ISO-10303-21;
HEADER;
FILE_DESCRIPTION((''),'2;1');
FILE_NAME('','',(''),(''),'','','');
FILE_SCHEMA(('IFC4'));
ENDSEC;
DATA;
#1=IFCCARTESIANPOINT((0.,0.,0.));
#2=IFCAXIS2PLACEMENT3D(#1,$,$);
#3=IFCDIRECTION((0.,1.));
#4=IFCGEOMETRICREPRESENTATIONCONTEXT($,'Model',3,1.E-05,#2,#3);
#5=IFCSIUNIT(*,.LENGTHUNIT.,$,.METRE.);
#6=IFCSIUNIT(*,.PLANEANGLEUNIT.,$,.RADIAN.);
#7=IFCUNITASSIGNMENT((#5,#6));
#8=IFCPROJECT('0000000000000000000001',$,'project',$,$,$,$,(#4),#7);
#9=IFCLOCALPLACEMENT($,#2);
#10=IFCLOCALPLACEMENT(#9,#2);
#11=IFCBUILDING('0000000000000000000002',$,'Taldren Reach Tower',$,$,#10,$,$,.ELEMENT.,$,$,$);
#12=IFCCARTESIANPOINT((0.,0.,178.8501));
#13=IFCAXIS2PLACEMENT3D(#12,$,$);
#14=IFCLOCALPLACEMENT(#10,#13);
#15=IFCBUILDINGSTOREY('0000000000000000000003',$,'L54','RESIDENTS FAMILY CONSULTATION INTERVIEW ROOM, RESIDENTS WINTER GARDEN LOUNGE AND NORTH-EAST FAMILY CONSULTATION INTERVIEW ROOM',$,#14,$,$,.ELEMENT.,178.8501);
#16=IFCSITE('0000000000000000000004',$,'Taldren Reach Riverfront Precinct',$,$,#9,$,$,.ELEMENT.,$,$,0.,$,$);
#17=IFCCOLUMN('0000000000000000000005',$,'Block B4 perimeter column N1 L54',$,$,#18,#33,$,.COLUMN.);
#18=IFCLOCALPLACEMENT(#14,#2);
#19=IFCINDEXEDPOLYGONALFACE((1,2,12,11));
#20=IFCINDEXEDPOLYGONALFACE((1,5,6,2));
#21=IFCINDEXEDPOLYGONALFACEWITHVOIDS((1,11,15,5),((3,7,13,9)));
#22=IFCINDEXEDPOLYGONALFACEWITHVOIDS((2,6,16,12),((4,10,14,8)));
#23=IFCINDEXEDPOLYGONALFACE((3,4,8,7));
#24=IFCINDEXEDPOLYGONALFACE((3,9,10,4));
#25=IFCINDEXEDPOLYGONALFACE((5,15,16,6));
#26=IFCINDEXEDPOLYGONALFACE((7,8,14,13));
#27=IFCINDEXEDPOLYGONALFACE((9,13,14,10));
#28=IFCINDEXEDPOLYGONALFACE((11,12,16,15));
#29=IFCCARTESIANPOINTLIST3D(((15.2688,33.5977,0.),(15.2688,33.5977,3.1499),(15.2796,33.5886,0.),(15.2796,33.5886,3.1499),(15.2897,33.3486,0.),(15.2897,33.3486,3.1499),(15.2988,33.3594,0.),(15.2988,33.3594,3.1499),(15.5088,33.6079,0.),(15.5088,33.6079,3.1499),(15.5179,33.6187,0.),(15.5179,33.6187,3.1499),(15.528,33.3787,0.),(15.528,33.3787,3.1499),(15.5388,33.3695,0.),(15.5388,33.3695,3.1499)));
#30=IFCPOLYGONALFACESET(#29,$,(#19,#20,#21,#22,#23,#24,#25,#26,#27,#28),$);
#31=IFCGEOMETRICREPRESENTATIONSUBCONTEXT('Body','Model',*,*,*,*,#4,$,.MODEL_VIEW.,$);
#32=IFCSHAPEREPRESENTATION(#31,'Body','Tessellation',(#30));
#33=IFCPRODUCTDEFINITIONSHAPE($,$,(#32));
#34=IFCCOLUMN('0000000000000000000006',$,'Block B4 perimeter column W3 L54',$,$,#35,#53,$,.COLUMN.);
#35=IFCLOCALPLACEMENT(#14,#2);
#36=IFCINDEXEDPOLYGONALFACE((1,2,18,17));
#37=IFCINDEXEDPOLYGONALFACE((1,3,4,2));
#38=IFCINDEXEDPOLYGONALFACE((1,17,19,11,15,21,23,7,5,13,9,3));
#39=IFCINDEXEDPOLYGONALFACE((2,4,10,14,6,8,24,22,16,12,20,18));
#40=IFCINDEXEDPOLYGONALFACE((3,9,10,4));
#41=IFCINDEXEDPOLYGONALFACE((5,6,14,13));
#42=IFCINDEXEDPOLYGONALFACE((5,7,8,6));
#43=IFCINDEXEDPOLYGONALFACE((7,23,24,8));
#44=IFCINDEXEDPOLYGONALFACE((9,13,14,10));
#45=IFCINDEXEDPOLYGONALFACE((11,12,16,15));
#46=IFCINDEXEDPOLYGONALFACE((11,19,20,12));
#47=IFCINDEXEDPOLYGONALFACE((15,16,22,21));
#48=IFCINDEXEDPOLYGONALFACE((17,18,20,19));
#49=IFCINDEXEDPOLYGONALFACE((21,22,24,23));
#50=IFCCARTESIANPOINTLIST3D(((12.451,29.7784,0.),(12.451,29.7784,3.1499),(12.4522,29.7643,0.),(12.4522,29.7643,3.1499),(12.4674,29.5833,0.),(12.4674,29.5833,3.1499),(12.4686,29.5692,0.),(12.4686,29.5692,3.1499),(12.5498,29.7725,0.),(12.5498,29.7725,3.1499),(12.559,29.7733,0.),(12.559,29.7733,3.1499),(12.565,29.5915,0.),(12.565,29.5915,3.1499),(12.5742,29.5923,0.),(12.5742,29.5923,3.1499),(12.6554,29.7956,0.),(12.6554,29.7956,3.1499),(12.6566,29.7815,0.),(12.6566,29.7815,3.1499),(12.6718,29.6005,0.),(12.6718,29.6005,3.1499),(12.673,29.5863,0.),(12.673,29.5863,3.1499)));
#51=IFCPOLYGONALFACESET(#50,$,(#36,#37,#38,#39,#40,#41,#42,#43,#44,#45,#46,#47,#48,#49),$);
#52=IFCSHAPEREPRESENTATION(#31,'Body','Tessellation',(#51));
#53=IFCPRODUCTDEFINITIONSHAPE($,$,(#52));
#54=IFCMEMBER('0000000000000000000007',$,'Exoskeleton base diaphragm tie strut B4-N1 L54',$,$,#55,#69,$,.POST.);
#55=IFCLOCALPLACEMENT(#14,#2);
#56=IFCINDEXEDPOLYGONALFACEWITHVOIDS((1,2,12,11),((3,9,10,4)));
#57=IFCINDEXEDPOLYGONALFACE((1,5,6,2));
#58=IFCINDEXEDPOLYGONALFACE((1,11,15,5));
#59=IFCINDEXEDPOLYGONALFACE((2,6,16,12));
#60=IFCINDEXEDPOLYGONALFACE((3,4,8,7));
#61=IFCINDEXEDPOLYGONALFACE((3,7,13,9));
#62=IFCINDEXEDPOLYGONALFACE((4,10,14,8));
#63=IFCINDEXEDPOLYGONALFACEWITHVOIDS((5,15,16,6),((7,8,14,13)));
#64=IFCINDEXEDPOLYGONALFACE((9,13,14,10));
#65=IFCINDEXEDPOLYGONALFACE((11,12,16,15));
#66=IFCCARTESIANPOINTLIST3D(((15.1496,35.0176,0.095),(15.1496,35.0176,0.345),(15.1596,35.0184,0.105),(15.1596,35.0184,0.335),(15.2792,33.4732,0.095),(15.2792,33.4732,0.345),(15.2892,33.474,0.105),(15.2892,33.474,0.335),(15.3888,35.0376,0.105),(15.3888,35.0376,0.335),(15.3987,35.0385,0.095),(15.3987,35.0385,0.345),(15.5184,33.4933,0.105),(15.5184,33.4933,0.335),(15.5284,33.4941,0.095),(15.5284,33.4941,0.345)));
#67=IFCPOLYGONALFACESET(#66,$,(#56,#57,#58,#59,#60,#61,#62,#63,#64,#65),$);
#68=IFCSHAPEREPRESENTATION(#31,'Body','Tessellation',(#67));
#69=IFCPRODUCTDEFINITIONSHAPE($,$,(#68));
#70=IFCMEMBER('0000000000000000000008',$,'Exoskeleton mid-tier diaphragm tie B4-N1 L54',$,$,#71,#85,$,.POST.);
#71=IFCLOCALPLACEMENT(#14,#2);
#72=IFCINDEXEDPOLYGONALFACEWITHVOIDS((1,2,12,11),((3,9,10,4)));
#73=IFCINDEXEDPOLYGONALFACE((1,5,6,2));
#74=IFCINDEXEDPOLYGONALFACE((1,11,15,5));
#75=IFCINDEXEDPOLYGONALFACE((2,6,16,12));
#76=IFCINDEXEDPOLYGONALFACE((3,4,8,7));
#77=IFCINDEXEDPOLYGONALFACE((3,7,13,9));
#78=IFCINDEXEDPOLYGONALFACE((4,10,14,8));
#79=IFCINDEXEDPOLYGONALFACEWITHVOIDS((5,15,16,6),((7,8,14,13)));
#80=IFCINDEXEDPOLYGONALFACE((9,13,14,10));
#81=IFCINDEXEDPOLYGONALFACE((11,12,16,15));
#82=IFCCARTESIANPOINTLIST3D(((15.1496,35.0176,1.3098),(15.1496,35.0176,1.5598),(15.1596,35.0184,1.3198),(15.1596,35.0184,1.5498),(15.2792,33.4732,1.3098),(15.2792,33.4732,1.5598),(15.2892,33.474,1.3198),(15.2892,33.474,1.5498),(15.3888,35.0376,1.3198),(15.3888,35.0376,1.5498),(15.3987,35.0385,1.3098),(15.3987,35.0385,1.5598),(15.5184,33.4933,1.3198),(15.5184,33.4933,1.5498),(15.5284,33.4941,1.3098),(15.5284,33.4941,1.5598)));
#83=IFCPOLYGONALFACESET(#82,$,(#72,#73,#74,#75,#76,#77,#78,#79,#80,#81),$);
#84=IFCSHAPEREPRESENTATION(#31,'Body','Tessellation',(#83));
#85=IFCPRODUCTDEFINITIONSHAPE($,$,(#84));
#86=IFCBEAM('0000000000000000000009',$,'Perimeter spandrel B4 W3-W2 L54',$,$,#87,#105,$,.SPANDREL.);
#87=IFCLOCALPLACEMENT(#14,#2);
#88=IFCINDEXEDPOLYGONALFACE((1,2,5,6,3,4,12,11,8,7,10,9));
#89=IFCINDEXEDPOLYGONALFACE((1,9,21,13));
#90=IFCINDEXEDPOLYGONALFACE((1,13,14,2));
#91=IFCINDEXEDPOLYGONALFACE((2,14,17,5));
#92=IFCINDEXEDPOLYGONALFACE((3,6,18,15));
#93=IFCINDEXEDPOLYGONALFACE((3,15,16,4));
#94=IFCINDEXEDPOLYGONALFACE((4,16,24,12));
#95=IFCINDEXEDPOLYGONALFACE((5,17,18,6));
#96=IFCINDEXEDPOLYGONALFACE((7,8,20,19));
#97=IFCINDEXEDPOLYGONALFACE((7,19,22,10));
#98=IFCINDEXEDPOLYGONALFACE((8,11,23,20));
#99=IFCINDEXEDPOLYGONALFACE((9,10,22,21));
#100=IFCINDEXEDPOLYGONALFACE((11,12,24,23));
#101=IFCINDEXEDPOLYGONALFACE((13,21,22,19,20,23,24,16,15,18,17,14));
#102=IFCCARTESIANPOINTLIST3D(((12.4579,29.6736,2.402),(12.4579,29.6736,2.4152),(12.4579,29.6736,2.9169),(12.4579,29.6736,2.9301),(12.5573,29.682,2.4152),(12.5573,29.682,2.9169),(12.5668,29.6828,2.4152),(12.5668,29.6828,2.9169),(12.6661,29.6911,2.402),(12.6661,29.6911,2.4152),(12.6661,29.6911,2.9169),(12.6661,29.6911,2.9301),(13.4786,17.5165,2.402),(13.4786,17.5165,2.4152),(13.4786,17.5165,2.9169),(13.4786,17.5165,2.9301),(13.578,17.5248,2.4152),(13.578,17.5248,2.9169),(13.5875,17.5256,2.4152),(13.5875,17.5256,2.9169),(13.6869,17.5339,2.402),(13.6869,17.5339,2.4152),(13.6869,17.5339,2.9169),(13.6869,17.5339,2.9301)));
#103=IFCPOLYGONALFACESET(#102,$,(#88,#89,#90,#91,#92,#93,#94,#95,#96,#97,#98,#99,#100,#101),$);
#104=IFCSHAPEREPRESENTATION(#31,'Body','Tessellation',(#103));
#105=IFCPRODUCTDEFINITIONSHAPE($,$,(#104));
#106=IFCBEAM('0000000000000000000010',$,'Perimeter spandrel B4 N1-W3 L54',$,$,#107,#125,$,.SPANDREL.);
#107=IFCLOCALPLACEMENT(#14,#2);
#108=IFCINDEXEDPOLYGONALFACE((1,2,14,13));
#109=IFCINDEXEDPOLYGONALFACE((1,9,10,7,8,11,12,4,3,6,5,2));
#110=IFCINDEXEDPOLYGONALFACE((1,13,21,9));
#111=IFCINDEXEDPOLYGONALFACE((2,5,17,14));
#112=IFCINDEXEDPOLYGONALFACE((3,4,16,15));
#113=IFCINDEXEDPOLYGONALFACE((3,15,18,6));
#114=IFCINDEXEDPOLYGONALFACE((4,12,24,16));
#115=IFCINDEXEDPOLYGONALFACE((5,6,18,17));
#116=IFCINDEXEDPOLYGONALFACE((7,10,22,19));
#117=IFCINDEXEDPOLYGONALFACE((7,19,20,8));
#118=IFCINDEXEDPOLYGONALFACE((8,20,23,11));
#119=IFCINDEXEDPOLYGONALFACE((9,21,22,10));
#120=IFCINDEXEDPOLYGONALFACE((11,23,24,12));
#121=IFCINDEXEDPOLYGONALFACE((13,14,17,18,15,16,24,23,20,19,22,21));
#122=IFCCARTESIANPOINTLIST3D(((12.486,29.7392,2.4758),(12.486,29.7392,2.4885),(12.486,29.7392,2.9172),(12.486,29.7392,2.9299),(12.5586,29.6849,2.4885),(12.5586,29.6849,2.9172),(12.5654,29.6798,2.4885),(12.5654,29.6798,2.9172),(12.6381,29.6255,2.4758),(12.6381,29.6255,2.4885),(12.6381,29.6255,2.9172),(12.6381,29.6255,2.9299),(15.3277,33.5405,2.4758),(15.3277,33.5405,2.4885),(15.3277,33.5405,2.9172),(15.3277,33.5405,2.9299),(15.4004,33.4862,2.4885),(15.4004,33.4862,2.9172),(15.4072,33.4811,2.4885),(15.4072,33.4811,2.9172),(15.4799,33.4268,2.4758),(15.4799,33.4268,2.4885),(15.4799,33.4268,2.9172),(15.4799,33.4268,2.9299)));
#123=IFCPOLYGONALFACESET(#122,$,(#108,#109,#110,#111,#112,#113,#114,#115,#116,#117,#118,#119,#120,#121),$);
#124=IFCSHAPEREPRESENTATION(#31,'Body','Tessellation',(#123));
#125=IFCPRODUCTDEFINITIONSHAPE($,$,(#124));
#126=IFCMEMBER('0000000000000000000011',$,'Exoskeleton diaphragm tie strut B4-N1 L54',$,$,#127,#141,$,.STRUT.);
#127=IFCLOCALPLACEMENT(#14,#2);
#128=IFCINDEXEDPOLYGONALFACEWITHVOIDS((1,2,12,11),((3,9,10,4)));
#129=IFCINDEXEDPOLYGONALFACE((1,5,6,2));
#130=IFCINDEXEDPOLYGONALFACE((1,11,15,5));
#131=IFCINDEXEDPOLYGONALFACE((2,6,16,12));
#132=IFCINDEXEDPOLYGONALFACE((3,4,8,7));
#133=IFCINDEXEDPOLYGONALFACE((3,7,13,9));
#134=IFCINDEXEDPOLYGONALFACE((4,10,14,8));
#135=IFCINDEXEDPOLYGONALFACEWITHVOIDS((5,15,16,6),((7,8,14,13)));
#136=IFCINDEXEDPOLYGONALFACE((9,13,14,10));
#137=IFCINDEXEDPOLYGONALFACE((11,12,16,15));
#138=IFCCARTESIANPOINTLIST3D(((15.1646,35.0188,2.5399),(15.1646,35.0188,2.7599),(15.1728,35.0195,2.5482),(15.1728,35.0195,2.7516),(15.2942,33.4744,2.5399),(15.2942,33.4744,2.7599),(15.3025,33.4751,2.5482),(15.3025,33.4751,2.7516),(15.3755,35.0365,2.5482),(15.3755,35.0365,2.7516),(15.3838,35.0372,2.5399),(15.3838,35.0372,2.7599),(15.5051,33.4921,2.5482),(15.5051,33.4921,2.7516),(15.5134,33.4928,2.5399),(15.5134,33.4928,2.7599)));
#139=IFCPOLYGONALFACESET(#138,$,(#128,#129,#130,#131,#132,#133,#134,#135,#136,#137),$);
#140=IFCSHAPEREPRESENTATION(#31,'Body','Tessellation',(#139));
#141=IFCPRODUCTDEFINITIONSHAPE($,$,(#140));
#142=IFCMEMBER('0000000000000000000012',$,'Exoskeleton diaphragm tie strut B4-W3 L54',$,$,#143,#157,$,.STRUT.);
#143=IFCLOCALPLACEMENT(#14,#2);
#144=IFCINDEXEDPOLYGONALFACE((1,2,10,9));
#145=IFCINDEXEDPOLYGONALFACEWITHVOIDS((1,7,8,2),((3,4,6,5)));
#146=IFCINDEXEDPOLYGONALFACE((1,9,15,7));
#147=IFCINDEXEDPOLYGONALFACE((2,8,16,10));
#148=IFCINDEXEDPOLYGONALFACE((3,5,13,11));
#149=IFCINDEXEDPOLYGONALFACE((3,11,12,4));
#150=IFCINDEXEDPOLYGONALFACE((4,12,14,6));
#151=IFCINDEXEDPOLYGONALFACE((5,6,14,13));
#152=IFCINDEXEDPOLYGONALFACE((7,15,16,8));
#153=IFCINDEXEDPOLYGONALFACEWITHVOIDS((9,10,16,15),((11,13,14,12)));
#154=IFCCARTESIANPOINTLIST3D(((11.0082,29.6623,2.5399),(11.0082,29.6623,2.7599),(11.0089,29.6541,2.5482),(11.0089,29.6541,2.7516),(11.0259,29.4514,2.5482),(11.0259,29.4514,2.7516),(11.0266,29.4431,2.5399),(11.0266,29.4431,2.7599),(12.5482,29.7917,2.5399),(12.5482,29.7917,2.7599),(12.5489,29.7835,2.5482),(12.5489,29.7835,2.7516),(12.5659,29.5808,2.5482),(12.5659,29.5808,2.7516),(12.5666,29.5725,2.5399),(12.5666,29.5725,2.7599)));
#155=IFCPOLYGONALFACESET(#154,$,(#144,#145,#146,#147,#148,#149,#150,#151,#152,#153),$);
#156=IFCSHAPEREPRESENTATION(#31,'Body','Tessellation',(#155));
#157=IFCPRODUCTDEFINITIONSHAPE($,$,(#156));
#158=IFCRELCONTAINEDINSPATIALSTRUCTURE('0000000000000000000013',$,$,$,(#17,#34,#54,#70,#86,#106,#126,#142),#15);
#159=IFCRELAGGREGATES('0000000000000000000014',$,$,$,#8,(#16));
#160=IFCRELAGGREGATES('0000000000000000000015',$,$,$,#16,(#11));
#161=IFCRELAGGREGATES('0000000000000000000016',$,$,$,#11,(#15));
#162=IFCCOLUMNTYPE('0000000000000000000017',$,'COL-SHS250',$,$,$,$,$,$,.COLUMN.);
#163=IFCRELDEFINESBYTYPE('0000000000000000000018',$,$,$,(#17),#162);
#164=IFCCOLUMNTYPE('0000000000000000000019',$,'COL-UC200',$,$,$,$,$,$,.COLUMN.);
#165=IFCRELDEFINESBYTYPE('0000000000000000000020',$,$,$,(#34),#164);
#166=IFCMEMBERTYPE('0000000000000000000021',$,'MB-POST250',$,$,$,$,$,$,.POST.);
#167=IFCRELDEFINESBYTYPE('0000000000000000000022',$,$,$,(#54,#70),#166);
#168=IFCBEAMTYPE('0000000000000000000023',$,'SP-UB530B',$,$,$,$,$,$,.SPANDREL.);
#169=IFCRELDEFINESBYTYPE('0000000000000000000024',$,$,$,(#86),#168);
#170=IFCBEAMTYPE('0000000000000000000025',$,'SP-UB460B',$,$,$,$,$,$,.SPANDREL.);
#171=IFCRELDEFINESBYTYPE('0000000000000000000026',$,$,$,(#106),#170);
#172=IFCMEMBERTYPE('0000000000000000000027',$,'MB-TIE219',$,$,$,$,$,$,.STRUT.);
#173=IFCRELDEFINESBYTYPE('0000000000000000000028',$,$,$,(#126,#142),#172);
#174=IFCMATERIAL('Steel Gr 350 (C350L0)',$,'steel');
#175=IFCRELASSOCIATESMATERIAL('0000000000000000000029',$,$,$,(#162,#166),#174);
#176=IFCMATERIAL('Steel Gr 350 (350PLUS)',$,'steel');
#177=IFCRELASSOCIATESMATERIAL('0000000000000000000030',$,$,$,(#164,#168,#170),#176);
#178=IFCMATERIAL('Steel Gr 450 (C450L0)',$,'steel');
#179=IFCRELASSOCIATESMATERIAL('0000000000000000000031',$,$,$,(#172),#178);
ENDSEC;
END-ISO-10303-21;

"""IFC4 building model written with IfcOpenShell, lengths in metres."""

from ifc_helpers import new_model, si_unit, direction, frame, origin, origin_2d, place, context, subcontext, project, spatial, hollow_rectangle, i_section, extrude, source, transform, mapped, material, material_profile, profile_set, type_object, element, save


model = new_model("IFC4")

# Units and contexts
model_context = context("Model", 3, precision=1e-05, world=origin(), true_north=direction((0.0, 1.0)))
body_context = subcontext(model_context, "Body", "Model", "MODEL_VIEW")
ifc_project = project(units=[si_unit("LENGTHUNIT", "METRE"), si_unit("PLANEANGLEUNIT", "RADIAN")], contexts=[model_context])

# Site, building, storey
site_placement = place(None, origin())
site = spatial("IfcSite", under=ifc_project, at=site_placement, Name="Taldren Reach Riverfront Precinct", CompositionType="ELEMENT", RefElevation=0.0)
building_placement = place(site_placement, origin())
building = spatial("IfcBuilding", under=site, at=building_placement, Name="Taldren Reach Tower", CompositionType="ELEMENT")
storey_placement = place(building_placement, frame((0.0, 0.0, 178.8501)))
storey = spatial("IfcBuildingStorey", under=building, at=storey_placement, Name="L54", Description="RESIDENTS FAMILY CONSULTATION INTERVIEW ROOM, RESIDENTS WINTER GARDEN LOUNGE AND NORTH-EAST FAMILY CONSULTATION INTERVIEW ROOM", CompositionType="ELEMENT", Elevation=178.8501)

# Columns
ifc_material_1 = material(Name="Steel Gr 350 (C350L0)", Category="steel")
ifc_material_profile_1 = material_profile(ifc_material_1, hollow_rectangle(XDim=0.25, YDim=0.25, WallThickness=0.01, at=origin_2d()), Name="250x250x10.0SHS")
ifc_profile_set_1 = profile_set([ifc_material_profile_1], Name="Steel Gr 350 (C350L0)")
column_type_1 = type_object("IfcColumnType", Name="COL-SHS250", PredefinedType="COLUMN", material=ifc_profile_set_1)
shared_shape_1 = source(origin(), body_context, "Body", "SweptSolid", [
    extrude(hollow_rectangle(XDim=0.25, YDim=0.25, WallThickness=0.01, at=origin_2d()), origin(), (0.0, 0.0, 1.0), 3.1499),
])
column_1_placement = place(storey_placement, frame((15.4038, 33.4836, 0.0), z_axis=(0.0, 0.0, 1.0), x_axis=(0.996493, 0.083678, 0.0)))
element("IfcColumn", 1, at=column_1_placement, inside=storey, type_object=column_type_1, Name="Block B4 perimeter column N1 L54", PredefinedType="COLUMN", context=body_context, shape_type="MappedRepresentation", body=[
    mapped(shared_shape_1, transform((0.0, 0.0, 0.0), scale=1.0)),
])
ifc_material_2 = material(Name="Steel Gr 350 (350PLUS)", Category="steel")
ifc_material_profile_2 = material_profile(ifc_material_2, i_section(OverallWidth=0.2051, OverallDepth=0.21, WebThickness=0.0093, FlangeThickness=0.0142, at=origin_2d()), Name="200UC59.5")
ifc_profile_set_2 = profile_set([ifc_material_profile_2], Name="Steel Gr 350 (350PLUS)")
column_type_2 = type_object("IfcColumnType", Name="COL-UC200", PredefinedType="COLUMN", material=ifc_profile_set_2)
shared_shape_2 = source(origin(), body_context, "Body", "SweptSolid", [
    extrude(i_section(OverallWidth=0.2051, OverallDepth=0.21, WebThickness=0.0093, FlangeThickness=0.0142, at=origin_2d()), origin(), (0.0, 0.0, 1.0), 3.1499),
])
column_2_placement = place(storey_placement, frame((12.562, 29.6824, 0.0), z_axis=(0.0, 0.0, 1.0), x_axis=(0.996493, 0.083678, 0.0)))
element("IfcColumn", 2, at=column_2_placement, inside=storey, type_object=column_type_2, Name="Block B4 perimeter column W3 L54", PredefinedType="COLUMN", context=body_context, shape_type="MappedRepresentation", body=[
    mapped(shared_shape_2, transform((0.0, 0.0, 0.0), scale=1.0)),
])

# Members
ifc_material_profile_3 = material_profile(ifc_material_1, hollow_rectangle(XDim=0.25, YDim=0.25, WallThickness=0.01, at=origin_2d()), Name="250x250x10.0SHS")
ifc_profile_set_3 = profile_set([ifc_material_profile_3], Name="Steel Gr 350 (C350L0)")
member_type_1 = type_object("IfcMemberType", Name="MB-POST250", PredefinedType="POST", material=ifc_profile_set_3)
shared_shape_3 = source(origin(), body_context, "Body", "SweptSolid", [
    extrude(hollow_rectangle(XDim=0.25, YDim=0.25, WallThickness=0.01, at=origin_2d()), origin(), (0.0, 0.0, 1.0), 1.5498),
])
for number, where, z_axis, x_axis, name in (
    (3, (15.4038, 33.4836, 0.22), (-0.083645, 0.996496, 0.0), (-0.996496, -0.083645, 0.0), "Exoskeleton base diaphragm tie strut B4-N1 L54"),
    (4, (15.4038, 33.4836, 1.4348), (-0.083645, 0.996496, 0.0), (-0.996496, -0.083645, 0.0), "Exoskeleton mid-tier diaphragm tie B4-N1 L54"),
):
    element("IfcMember", number, at=place(storey_placement, frame(where, z_axis=z_axis, x_axis=x_axis)), inside=storey, type_object=member_type_1, Name=name, PredefinedType="POST", context=body_context, shape_type="MappedRepresentation", body=[
        mapped(shared_shape_3, transform((0.0, 0.0, 0.0), scale=1.0)),
    ])

# Beams
ifc_material_profile_4 = material_profile(ifc_material_2, i_section(OverallWidth=0.209, OverallDepth=0.5281, WebThickness=0.0095, FlangeThickness=0.0132, at=origin_2d()), Name="530UB82.0")
ifc_profile_set_4 = profile_set([ifc_material_profile_4], Name="Steel Gr 350 (350PLUS)")
beam_type_1 = type_object("IfcBeamType", Name="SP-UB530B", PredefinedType="SPANDREL", material=ifc_profile_set_4)
shared_shape_4 = source(origin(), body_context, "Body", "SweptSolid", [
    extrude(i_section(OverallWidth=0.209, OverallDepth=0.5281, WebThickness=0.0095, FlangeThickness=0.0132, at=origin_2d()), origin(), (0.0, 0.0, 1.0), 12.2),
])
beam_1_placement = place(storey_placement, frame((12.562, 29.6824, 2.666), z_axis=(0.083668, -0.996494, 0.0), x_axis=(0.996494, 0.083668, 0.0)))
element("IfcBeam", 5, at=beam_1_placement, inside=storey, type_object=beam_type_1, Name="Perimeter spandrel B4 W3-W2 L54", PredefinedType="SPANDREL", context=body_context, shape_type="MappedRepresentation", body=[
    mapped(shared_shape_4, transform((0.0, 0.0, 0.0), scale=1.0)),
])
ifc_material_profile_5 = material_profile(ifc_material_2, i_section(OverallWidth=0.1899, OverallDepth=0.4541, WebThickness=0.0085, FlangeThickness=0.0127, at=origin_2d()), Name="460UB67.1")
ifc_profile_set_5 = profile_set([ifc_material_profile_5], Name="Steel Gr 350 (350PLUS)")
beam_type_2 = type_object("IfcBeamType", Name="SP-UB460B", PredefinedType="SPANDREL", material=ifc_profile_set_5)
shared_shape_5 = source(origin(), body_context, "Body", "SweptSolid", [
    extrude(i_section(OverallWidth=0.1899, OverallDepth=0.4541, WebThickness=0.0085, FlangeThickness=0.0127, at=origin_2d()), origin(), (0.0, 0.0, 1.0), 4.7461),
])
beam_2_placement = place(storey_placement, frame((15.4038, 33.4836, 2.7029), z_axis=(-0.598765, -0.800925, 0.0), x_axis=(0.800925, -0.598765, 0.0)))
element("IfcBeam", 6, at=beam_2_placement, inside=storey, type_object=beam_type_2, Name="Perimeter spandrel B4 N1-W3 L54", PredefinedType="SPANDREL", context=body_context, shape_type="MappedRepresentation", body=[
    mapped(shared_shape_5, transform((0.0, 0.0, 0.0), scale=1.0)),
])

# Members
ifc_material_3 = material(Name="Steel Gr 450 (C450L0)", Category="steel")
ifc_material_profile_6 = material_profile(ifc_material_3, hollow_rectangle(XDim=0.22, YDim=0.22, WallThickness=0.0083, at=origin_2d()), Name="220x220x8.2SHS")
ifc_profile_set_6 = profile_set([ifc_material_profile_6], Name="Steel Gr 450 (C450L0)")
member_type_2 = type_object("IfcMemberType", Name="MB-TIE219", PredefinedType="STRUT", material=ifc_profile_set_6)
shared_shape_6 = source(origin(), body_context, "Body", "SweptSolid", [
    extrude(hollow_rectangle(XDim=0.22, YDim=0.22, WallThickness=0.0083, at=origin_2d()), origin(), (0.0, 0.0, 1.0), 1.5498),
])
member_1_placement = place(storey_placement, frame((15.4038, 33.4836, 2.6499), z_axis=(-0.083645, 0.996496, 0.0), x_axis=(-0.996496, -0.083645, 0.0)))
element("IfcMember", 7, at=member_1_placement, inside=storey, type_object=member_type_2, Name="Exoskeleton diaphragm tie strut B4-N1 L54", PredefinedType="STRUT", context=body_context, shape_type="MappedRepresentation", body=[
    mapped(shared_shape_6, transform((0.0, 0.0, 0.0), scale=1.0)),
])
shared_shape_7 = source(origin(), body_context, "Body", "SweptSolid", [
    extrude(hollow_rectangle(XDim=0.22, YDim=0.22, WallThickness=0.0083, at=origin_2d()), origin(), (0.0, 0.0, 1.0), 1.5454),
])
member_2_placement = place(storey_placement, frame((12.5574, 29.6821, 2.6499), z_axis=(-0.996489, -0.083725, 0.0), x_axis=(0.083725, -0.996489, 0.0)))
element("IfcMember", 8, at=member_2_placement, inside=storey, type_object=member_type_2, Name="Exoskeleton diaphragm tie strut B4-W3 L54", PredefinedType="STRUT", context=body_context, shape_type="MappedRepresentation", body=[
    mapped(shared_shape_7, transform((0.0, 0.0, 0.0), scale=1.0)),
])

save(model, "model.ifc")
